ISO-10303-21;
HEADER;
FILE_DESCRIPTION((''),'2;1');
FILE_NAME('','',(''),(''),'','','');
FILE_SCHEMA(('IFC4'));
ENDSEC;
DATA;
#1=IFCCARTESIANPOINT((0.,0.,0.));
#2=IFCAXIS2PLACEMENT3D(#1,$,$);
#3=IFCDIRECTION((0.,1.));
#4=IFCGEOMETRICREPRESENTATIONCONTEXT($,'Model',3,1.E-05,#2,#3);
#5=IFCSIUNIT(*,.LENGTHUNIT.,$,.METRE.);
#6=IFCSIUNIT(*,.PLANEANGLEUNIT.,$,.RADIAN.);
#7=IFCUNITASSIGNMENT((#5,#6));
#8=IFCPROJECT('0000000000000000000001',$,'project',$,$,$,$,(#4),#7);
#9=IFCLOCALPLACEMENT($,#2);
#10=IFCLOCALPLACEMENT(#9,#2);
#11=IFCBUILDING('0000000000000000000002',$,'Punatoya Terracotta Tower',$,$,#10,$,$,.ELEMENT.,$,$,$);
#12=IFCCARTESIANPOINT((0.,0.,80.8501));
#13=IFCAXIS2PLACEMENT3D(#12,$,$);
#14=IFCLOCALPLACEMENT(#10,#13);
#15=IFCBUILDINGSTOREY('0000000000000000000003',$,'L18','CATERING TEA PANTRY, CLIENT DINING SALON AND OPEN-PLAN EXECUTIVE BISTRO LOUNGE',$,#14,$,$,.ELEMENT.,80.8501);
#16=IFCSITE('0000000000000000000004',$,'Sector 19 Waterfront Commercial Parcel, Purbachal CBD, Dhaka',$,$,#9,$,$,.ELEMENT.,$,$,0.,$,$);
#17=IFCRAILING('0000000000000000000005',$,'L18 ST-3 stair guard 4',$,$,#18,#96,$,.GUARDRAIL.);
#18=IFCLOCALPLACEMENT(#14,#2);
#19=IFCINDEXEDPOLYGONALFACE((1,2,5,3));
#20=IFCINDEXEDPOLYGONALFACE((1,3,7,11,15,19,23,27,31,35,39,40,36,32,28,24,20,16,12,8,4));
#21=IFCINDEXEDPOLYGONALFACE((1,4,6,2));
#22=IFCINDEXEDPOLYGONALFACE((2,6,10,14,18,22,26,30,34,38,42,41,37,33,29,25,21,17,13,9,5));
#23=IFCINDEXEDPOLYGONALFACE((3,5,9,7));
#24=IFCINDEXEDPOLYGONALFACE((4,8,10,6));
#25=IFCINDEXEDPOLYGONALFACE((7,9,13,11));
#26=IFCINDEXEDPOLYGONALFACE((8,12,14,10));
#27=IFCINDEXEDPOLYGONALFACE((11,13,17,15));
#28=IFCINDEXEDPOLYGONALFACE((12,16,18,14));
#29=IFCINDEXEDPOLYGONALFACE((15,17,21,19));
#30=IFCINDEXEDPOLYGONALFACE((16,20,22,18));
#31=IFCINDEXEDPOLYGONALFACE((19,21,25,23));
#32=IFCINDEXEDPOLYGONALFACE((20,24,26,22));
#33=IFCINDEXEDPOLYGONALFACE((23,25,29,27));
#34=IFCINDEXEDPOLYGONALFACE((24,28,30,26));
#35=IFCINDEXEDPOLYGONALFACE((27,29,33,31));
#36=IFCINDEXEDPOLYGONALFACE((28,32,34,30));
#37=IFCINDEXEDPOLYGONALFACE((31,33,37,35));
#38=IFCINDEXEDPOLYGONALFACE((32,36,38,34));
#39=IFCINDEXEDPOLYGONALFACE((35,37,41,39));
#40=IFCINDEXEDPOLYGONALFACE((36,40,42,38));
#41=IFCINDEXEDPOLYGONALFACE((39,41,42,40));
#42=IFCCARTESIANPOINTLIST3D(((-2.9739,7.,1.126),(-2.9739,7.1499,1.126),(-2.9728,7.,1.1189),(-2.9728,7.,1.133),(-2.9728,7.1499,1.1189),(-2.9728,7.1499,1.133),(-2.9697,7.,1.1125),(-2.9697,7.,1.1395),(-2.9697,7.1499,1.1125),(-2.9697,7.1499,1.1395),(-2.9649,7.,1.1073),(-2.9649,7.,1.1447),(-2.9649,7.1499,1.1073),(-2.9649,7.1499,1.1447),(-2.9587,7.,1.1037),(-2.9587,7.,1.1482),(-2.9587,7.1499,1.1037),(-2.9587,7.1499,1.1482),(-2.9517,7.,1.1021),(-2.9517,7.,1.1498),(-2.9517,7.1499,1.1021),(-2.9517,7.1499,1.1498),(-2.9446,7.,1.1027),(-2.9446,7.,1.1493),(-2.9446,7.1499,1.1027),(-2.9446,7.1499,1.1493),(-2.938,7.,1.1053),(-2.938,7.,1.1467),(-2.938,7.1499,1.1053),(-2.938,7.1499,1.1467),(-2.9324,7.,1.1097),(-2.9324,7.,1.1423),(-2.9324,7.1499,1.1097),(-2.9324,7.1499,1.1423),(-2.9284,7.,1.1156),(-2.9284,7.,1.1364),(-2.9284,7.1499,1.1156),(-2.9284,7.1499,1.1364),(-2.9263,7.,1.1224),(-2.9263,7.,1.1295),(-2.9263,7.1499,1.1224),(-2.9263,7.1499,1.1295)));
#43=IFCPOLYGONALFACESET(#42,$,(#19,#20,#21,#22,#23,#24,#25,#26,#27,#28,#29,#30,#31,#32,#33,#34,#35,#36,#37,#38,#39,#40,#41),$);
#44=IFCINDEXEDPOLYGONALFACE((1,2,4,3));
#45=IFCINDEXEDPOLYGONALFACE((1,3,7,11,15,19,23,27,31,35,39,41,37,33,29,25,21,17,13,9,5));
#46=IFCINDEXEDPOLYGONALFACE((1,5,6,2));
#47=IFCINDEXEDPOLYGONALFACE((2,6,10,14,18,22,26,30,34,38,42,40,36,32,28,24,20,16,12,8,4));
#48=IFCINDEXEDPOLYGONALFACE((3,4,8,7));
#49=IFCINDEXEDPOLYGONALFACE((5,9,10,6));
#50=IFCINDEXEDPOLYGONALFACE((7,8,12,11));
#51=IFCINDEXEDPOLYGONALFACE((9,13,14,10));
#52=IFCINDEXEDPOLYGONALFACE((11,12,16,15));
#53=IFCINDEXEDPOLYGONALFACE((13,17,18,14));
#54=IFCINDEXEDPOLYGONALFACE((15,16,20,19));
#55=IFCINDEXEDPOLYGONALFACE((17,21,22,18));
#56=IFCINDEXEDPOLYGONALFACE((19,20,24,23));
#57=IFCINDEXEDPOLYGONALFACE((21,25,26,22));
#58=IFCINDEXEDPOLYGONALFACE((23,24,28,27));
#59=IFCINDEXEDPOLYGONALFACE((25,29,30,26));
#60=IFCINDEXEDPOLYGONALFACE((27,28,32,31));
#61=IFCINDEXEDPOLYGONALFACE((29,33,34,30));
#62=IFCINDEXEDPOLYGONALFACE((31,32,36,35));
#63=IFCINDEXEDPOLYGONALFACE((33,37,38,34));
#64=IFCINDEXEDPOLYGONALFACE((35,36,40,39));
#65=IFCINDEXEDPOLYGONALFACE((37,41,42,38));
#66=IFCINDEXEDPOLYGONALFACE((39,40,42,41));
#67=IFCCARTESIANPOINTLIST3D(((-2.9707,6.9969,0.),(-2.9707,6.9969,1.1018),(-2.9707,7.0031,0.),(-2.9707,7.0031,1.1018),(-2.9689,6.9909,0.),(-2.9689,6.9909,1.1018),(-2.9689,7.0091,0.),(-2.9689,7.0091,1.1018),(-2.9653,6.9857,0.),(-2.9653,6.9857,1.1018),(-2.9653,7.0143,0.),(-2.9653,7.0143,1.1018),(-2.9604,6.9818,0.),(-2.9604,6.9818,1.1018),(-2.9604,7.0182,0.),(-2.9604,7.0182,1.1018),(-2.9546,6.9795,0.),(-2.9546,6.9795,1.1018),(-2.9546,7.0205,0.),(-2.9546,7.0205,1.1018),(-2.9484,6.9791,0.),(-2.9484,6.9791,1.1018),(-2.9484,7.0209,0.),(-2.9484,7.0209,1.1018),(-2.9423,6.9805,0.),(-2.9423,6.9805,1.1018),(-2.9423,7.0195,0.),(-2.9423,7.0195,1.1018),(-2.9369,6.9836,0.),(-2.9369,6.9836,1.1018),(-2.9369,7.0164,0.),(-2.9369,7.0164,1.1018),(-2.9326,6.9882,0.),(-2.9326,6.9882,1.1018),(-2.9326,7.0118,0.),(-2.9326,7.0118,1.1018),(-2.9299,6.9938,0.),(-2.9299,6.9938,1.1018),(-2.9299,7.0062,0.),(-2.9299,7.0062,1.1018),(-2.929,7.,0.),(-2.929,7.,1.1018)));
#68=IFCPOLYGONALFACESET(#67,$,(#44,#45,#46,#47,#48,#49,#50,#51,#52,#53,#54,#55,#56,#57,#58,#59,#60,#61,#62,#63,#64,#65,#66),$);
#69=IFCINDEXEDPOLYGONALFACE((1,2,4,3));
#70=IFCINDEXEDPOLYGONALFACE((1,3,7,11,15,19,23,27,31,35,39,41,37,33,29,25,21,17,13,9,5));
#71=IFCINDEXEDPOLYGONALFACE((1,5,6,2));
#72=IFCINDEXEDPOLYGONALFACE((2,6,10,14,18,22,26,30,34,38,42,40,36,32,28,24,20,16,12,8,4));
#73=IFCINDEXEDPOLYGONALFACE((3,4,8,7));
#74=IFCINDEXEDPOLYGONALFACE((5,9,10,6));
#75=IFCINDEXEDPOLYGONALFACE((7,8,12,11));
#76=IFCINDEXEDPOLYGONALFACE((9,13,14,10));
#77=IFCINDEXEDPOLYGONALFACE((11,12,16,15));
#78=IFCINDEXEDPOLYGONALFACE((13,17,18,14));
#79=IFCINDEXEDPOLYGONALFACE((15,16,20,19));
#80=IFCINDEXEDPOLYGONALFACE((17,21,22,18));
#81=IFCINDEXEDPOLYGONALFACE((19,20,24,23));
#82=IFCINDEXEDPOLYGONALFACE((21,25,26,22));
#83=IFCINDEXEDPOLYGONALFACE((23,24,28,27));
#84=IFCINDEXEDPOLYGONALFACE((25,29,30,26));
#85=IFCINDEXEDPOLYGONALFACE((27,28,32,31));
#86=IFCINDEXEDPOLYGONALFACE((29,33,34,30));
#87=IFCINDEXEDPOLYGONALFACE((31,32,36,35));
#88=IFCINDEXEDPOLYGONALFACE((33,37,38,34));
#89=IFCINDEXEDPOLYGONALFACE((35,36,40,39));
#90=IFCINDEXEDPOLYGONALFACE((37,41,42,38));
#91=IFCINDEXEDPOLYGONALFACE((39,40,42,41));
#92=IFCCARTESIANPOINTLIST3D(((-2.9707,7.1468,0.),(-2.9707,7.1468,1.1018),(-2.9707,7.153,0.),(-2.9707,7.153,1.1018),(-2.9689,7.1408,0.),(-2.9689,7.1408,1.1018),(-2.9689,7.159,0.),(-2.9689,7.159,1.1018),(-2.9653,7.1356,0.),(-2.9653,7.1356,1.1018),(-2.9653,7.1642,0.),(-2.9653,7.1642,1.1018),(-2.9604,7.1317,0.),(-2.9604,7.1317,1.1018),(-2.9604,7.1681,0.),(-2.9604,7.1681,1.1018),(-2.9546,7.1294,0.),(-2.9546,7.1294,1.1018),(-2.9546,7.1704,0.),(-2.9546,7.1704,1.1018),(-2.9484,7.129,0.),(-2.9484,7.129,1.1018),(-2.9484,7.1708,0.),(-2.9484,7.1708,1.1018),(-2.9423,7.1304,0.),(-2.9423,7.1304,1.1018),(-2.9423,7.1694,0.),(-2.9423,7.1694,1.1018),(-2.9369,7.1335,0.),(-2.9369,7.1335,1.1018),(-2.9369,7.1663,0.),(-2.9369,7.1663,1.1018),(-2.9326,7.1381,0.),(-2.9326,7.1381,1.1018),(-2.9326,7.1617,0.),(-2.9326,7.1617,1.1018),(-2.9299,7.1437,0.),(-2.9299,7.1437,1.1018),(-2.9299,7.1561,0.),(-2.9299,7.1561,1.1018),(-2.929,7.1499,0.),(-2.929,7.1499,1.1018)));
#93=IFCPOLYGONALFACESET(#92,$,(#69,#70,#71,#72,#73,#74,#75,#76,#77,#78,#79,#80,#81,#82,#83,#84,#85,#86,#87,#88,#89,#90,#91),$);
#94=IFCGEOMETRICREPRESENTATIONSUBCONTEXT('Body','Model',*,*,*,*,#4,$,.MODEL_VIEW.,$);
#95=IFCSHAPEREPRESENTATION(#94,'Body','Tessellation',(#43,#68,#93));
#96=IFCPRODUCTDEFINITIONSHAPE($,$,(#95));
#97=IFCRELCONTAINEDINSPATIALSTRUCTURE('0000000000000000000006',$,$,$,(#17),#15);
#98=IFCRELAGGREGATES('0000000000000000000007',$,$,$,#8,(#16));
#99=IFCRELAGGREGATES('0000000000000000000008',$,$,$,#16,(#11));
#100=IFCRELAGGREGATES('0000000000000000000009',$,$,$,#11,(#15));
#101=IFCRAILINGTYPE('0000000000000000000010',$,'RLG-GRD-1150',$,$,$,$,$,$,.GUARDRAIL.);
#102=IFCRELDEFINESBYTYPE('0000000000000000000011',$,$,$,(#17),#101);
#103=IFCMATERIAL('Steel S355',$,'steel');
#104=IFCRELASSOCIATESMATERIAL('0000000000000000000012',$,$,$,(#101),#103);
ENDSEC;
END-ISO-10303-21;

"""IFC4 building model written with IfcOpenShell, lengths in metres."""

from ifc_helpers import new_model, si_unit, direction, frame, origin, origin_2d, place, context, subcontext, project, spatial, circle, extrude, material, type_object, element, save


model = new_model("IFC4")

# Units and contexts
model_context = context("Model", 3, precision=1e-05, world=origin(), true_north=direction((0.0, 1.0)))
body_context = subcontext(model_context, "Body", "Model", "MODEL_VIEW")
ifc_project = project(units=[si_unit("LENGTHUNIT", "METRE"), si_unit("PLANEANGLEUNIT", "RADIAN")], contexts=[model_context])

# Site, building, storey
site_placement = place(None, origin())
site = spatial("IfcSite", under=ifc_project, at=site_placement, Name="Sector 19 Waterfront Commercial Parcel, Purbachal CBD, Dhaka", CompositionType="ELEMENT", RefElevation=0.0)
building_placement = place(site_placement, origin())
building = spatial("IfcBuilding", under=site, at=building_placement, Name="Punatoya Terracotta Tower", CompositionType="ELEMENT")
storey_placement = place(building_placement, frame((0.0, 0.0, 80.8501)))
storey = spatial("IfcBuildingStorey", under=building, at=storey_placement, Name="L18", Description="CATERING TEA PANTRY, CLIENT DINING SALON AND OPEN-PLAN EXECUTIVE BISTRO LOUNGE", CompositionType="ELEMENT", Elevation=80.8501)

# Shared definitions
ifc_material_1 = material(Name="Steel S355", Category="steel")

# Railing
railing_type_1 = type_object("IfcRailingType", Name="RLG-GRD-1150", PredefinedType="GUARDRAIL", material=ifc_material_1)
railing_1_placement = place(storey_placement, frame((-2.95, 7.0, 0.0)))
element("IfcRailing", 1, at=railing_1_placement, inside=storey, type_object=railing_type_1, Name="L18 ST-3 stair guard 4", PredefinedType="GUARDRAIL", context=body_context, shape_type="SweptSolid", body=[
    extrude(circle(Radius=0.0239, at=origin_2d()), frame((0.0, 0.0, 1.126), z_axis=(0.0, 1.0, 0.0), x_axis=(-1.0, 0.0, 0.0)), (0.0, 0.0, 1.0), 0.1499),
    extrude(circle(Radius=0.021, at=origin_2d()), origin(), (0.0, 0.0, 1.0), 1.1018),
    extrude(circle(Radius=0.021, at=origin_2d()), frame((0.0, 0.1499, 0.0)), (0.0, 0.0, 1.0), 1.1018),
])

save(model, "model.ifc")
